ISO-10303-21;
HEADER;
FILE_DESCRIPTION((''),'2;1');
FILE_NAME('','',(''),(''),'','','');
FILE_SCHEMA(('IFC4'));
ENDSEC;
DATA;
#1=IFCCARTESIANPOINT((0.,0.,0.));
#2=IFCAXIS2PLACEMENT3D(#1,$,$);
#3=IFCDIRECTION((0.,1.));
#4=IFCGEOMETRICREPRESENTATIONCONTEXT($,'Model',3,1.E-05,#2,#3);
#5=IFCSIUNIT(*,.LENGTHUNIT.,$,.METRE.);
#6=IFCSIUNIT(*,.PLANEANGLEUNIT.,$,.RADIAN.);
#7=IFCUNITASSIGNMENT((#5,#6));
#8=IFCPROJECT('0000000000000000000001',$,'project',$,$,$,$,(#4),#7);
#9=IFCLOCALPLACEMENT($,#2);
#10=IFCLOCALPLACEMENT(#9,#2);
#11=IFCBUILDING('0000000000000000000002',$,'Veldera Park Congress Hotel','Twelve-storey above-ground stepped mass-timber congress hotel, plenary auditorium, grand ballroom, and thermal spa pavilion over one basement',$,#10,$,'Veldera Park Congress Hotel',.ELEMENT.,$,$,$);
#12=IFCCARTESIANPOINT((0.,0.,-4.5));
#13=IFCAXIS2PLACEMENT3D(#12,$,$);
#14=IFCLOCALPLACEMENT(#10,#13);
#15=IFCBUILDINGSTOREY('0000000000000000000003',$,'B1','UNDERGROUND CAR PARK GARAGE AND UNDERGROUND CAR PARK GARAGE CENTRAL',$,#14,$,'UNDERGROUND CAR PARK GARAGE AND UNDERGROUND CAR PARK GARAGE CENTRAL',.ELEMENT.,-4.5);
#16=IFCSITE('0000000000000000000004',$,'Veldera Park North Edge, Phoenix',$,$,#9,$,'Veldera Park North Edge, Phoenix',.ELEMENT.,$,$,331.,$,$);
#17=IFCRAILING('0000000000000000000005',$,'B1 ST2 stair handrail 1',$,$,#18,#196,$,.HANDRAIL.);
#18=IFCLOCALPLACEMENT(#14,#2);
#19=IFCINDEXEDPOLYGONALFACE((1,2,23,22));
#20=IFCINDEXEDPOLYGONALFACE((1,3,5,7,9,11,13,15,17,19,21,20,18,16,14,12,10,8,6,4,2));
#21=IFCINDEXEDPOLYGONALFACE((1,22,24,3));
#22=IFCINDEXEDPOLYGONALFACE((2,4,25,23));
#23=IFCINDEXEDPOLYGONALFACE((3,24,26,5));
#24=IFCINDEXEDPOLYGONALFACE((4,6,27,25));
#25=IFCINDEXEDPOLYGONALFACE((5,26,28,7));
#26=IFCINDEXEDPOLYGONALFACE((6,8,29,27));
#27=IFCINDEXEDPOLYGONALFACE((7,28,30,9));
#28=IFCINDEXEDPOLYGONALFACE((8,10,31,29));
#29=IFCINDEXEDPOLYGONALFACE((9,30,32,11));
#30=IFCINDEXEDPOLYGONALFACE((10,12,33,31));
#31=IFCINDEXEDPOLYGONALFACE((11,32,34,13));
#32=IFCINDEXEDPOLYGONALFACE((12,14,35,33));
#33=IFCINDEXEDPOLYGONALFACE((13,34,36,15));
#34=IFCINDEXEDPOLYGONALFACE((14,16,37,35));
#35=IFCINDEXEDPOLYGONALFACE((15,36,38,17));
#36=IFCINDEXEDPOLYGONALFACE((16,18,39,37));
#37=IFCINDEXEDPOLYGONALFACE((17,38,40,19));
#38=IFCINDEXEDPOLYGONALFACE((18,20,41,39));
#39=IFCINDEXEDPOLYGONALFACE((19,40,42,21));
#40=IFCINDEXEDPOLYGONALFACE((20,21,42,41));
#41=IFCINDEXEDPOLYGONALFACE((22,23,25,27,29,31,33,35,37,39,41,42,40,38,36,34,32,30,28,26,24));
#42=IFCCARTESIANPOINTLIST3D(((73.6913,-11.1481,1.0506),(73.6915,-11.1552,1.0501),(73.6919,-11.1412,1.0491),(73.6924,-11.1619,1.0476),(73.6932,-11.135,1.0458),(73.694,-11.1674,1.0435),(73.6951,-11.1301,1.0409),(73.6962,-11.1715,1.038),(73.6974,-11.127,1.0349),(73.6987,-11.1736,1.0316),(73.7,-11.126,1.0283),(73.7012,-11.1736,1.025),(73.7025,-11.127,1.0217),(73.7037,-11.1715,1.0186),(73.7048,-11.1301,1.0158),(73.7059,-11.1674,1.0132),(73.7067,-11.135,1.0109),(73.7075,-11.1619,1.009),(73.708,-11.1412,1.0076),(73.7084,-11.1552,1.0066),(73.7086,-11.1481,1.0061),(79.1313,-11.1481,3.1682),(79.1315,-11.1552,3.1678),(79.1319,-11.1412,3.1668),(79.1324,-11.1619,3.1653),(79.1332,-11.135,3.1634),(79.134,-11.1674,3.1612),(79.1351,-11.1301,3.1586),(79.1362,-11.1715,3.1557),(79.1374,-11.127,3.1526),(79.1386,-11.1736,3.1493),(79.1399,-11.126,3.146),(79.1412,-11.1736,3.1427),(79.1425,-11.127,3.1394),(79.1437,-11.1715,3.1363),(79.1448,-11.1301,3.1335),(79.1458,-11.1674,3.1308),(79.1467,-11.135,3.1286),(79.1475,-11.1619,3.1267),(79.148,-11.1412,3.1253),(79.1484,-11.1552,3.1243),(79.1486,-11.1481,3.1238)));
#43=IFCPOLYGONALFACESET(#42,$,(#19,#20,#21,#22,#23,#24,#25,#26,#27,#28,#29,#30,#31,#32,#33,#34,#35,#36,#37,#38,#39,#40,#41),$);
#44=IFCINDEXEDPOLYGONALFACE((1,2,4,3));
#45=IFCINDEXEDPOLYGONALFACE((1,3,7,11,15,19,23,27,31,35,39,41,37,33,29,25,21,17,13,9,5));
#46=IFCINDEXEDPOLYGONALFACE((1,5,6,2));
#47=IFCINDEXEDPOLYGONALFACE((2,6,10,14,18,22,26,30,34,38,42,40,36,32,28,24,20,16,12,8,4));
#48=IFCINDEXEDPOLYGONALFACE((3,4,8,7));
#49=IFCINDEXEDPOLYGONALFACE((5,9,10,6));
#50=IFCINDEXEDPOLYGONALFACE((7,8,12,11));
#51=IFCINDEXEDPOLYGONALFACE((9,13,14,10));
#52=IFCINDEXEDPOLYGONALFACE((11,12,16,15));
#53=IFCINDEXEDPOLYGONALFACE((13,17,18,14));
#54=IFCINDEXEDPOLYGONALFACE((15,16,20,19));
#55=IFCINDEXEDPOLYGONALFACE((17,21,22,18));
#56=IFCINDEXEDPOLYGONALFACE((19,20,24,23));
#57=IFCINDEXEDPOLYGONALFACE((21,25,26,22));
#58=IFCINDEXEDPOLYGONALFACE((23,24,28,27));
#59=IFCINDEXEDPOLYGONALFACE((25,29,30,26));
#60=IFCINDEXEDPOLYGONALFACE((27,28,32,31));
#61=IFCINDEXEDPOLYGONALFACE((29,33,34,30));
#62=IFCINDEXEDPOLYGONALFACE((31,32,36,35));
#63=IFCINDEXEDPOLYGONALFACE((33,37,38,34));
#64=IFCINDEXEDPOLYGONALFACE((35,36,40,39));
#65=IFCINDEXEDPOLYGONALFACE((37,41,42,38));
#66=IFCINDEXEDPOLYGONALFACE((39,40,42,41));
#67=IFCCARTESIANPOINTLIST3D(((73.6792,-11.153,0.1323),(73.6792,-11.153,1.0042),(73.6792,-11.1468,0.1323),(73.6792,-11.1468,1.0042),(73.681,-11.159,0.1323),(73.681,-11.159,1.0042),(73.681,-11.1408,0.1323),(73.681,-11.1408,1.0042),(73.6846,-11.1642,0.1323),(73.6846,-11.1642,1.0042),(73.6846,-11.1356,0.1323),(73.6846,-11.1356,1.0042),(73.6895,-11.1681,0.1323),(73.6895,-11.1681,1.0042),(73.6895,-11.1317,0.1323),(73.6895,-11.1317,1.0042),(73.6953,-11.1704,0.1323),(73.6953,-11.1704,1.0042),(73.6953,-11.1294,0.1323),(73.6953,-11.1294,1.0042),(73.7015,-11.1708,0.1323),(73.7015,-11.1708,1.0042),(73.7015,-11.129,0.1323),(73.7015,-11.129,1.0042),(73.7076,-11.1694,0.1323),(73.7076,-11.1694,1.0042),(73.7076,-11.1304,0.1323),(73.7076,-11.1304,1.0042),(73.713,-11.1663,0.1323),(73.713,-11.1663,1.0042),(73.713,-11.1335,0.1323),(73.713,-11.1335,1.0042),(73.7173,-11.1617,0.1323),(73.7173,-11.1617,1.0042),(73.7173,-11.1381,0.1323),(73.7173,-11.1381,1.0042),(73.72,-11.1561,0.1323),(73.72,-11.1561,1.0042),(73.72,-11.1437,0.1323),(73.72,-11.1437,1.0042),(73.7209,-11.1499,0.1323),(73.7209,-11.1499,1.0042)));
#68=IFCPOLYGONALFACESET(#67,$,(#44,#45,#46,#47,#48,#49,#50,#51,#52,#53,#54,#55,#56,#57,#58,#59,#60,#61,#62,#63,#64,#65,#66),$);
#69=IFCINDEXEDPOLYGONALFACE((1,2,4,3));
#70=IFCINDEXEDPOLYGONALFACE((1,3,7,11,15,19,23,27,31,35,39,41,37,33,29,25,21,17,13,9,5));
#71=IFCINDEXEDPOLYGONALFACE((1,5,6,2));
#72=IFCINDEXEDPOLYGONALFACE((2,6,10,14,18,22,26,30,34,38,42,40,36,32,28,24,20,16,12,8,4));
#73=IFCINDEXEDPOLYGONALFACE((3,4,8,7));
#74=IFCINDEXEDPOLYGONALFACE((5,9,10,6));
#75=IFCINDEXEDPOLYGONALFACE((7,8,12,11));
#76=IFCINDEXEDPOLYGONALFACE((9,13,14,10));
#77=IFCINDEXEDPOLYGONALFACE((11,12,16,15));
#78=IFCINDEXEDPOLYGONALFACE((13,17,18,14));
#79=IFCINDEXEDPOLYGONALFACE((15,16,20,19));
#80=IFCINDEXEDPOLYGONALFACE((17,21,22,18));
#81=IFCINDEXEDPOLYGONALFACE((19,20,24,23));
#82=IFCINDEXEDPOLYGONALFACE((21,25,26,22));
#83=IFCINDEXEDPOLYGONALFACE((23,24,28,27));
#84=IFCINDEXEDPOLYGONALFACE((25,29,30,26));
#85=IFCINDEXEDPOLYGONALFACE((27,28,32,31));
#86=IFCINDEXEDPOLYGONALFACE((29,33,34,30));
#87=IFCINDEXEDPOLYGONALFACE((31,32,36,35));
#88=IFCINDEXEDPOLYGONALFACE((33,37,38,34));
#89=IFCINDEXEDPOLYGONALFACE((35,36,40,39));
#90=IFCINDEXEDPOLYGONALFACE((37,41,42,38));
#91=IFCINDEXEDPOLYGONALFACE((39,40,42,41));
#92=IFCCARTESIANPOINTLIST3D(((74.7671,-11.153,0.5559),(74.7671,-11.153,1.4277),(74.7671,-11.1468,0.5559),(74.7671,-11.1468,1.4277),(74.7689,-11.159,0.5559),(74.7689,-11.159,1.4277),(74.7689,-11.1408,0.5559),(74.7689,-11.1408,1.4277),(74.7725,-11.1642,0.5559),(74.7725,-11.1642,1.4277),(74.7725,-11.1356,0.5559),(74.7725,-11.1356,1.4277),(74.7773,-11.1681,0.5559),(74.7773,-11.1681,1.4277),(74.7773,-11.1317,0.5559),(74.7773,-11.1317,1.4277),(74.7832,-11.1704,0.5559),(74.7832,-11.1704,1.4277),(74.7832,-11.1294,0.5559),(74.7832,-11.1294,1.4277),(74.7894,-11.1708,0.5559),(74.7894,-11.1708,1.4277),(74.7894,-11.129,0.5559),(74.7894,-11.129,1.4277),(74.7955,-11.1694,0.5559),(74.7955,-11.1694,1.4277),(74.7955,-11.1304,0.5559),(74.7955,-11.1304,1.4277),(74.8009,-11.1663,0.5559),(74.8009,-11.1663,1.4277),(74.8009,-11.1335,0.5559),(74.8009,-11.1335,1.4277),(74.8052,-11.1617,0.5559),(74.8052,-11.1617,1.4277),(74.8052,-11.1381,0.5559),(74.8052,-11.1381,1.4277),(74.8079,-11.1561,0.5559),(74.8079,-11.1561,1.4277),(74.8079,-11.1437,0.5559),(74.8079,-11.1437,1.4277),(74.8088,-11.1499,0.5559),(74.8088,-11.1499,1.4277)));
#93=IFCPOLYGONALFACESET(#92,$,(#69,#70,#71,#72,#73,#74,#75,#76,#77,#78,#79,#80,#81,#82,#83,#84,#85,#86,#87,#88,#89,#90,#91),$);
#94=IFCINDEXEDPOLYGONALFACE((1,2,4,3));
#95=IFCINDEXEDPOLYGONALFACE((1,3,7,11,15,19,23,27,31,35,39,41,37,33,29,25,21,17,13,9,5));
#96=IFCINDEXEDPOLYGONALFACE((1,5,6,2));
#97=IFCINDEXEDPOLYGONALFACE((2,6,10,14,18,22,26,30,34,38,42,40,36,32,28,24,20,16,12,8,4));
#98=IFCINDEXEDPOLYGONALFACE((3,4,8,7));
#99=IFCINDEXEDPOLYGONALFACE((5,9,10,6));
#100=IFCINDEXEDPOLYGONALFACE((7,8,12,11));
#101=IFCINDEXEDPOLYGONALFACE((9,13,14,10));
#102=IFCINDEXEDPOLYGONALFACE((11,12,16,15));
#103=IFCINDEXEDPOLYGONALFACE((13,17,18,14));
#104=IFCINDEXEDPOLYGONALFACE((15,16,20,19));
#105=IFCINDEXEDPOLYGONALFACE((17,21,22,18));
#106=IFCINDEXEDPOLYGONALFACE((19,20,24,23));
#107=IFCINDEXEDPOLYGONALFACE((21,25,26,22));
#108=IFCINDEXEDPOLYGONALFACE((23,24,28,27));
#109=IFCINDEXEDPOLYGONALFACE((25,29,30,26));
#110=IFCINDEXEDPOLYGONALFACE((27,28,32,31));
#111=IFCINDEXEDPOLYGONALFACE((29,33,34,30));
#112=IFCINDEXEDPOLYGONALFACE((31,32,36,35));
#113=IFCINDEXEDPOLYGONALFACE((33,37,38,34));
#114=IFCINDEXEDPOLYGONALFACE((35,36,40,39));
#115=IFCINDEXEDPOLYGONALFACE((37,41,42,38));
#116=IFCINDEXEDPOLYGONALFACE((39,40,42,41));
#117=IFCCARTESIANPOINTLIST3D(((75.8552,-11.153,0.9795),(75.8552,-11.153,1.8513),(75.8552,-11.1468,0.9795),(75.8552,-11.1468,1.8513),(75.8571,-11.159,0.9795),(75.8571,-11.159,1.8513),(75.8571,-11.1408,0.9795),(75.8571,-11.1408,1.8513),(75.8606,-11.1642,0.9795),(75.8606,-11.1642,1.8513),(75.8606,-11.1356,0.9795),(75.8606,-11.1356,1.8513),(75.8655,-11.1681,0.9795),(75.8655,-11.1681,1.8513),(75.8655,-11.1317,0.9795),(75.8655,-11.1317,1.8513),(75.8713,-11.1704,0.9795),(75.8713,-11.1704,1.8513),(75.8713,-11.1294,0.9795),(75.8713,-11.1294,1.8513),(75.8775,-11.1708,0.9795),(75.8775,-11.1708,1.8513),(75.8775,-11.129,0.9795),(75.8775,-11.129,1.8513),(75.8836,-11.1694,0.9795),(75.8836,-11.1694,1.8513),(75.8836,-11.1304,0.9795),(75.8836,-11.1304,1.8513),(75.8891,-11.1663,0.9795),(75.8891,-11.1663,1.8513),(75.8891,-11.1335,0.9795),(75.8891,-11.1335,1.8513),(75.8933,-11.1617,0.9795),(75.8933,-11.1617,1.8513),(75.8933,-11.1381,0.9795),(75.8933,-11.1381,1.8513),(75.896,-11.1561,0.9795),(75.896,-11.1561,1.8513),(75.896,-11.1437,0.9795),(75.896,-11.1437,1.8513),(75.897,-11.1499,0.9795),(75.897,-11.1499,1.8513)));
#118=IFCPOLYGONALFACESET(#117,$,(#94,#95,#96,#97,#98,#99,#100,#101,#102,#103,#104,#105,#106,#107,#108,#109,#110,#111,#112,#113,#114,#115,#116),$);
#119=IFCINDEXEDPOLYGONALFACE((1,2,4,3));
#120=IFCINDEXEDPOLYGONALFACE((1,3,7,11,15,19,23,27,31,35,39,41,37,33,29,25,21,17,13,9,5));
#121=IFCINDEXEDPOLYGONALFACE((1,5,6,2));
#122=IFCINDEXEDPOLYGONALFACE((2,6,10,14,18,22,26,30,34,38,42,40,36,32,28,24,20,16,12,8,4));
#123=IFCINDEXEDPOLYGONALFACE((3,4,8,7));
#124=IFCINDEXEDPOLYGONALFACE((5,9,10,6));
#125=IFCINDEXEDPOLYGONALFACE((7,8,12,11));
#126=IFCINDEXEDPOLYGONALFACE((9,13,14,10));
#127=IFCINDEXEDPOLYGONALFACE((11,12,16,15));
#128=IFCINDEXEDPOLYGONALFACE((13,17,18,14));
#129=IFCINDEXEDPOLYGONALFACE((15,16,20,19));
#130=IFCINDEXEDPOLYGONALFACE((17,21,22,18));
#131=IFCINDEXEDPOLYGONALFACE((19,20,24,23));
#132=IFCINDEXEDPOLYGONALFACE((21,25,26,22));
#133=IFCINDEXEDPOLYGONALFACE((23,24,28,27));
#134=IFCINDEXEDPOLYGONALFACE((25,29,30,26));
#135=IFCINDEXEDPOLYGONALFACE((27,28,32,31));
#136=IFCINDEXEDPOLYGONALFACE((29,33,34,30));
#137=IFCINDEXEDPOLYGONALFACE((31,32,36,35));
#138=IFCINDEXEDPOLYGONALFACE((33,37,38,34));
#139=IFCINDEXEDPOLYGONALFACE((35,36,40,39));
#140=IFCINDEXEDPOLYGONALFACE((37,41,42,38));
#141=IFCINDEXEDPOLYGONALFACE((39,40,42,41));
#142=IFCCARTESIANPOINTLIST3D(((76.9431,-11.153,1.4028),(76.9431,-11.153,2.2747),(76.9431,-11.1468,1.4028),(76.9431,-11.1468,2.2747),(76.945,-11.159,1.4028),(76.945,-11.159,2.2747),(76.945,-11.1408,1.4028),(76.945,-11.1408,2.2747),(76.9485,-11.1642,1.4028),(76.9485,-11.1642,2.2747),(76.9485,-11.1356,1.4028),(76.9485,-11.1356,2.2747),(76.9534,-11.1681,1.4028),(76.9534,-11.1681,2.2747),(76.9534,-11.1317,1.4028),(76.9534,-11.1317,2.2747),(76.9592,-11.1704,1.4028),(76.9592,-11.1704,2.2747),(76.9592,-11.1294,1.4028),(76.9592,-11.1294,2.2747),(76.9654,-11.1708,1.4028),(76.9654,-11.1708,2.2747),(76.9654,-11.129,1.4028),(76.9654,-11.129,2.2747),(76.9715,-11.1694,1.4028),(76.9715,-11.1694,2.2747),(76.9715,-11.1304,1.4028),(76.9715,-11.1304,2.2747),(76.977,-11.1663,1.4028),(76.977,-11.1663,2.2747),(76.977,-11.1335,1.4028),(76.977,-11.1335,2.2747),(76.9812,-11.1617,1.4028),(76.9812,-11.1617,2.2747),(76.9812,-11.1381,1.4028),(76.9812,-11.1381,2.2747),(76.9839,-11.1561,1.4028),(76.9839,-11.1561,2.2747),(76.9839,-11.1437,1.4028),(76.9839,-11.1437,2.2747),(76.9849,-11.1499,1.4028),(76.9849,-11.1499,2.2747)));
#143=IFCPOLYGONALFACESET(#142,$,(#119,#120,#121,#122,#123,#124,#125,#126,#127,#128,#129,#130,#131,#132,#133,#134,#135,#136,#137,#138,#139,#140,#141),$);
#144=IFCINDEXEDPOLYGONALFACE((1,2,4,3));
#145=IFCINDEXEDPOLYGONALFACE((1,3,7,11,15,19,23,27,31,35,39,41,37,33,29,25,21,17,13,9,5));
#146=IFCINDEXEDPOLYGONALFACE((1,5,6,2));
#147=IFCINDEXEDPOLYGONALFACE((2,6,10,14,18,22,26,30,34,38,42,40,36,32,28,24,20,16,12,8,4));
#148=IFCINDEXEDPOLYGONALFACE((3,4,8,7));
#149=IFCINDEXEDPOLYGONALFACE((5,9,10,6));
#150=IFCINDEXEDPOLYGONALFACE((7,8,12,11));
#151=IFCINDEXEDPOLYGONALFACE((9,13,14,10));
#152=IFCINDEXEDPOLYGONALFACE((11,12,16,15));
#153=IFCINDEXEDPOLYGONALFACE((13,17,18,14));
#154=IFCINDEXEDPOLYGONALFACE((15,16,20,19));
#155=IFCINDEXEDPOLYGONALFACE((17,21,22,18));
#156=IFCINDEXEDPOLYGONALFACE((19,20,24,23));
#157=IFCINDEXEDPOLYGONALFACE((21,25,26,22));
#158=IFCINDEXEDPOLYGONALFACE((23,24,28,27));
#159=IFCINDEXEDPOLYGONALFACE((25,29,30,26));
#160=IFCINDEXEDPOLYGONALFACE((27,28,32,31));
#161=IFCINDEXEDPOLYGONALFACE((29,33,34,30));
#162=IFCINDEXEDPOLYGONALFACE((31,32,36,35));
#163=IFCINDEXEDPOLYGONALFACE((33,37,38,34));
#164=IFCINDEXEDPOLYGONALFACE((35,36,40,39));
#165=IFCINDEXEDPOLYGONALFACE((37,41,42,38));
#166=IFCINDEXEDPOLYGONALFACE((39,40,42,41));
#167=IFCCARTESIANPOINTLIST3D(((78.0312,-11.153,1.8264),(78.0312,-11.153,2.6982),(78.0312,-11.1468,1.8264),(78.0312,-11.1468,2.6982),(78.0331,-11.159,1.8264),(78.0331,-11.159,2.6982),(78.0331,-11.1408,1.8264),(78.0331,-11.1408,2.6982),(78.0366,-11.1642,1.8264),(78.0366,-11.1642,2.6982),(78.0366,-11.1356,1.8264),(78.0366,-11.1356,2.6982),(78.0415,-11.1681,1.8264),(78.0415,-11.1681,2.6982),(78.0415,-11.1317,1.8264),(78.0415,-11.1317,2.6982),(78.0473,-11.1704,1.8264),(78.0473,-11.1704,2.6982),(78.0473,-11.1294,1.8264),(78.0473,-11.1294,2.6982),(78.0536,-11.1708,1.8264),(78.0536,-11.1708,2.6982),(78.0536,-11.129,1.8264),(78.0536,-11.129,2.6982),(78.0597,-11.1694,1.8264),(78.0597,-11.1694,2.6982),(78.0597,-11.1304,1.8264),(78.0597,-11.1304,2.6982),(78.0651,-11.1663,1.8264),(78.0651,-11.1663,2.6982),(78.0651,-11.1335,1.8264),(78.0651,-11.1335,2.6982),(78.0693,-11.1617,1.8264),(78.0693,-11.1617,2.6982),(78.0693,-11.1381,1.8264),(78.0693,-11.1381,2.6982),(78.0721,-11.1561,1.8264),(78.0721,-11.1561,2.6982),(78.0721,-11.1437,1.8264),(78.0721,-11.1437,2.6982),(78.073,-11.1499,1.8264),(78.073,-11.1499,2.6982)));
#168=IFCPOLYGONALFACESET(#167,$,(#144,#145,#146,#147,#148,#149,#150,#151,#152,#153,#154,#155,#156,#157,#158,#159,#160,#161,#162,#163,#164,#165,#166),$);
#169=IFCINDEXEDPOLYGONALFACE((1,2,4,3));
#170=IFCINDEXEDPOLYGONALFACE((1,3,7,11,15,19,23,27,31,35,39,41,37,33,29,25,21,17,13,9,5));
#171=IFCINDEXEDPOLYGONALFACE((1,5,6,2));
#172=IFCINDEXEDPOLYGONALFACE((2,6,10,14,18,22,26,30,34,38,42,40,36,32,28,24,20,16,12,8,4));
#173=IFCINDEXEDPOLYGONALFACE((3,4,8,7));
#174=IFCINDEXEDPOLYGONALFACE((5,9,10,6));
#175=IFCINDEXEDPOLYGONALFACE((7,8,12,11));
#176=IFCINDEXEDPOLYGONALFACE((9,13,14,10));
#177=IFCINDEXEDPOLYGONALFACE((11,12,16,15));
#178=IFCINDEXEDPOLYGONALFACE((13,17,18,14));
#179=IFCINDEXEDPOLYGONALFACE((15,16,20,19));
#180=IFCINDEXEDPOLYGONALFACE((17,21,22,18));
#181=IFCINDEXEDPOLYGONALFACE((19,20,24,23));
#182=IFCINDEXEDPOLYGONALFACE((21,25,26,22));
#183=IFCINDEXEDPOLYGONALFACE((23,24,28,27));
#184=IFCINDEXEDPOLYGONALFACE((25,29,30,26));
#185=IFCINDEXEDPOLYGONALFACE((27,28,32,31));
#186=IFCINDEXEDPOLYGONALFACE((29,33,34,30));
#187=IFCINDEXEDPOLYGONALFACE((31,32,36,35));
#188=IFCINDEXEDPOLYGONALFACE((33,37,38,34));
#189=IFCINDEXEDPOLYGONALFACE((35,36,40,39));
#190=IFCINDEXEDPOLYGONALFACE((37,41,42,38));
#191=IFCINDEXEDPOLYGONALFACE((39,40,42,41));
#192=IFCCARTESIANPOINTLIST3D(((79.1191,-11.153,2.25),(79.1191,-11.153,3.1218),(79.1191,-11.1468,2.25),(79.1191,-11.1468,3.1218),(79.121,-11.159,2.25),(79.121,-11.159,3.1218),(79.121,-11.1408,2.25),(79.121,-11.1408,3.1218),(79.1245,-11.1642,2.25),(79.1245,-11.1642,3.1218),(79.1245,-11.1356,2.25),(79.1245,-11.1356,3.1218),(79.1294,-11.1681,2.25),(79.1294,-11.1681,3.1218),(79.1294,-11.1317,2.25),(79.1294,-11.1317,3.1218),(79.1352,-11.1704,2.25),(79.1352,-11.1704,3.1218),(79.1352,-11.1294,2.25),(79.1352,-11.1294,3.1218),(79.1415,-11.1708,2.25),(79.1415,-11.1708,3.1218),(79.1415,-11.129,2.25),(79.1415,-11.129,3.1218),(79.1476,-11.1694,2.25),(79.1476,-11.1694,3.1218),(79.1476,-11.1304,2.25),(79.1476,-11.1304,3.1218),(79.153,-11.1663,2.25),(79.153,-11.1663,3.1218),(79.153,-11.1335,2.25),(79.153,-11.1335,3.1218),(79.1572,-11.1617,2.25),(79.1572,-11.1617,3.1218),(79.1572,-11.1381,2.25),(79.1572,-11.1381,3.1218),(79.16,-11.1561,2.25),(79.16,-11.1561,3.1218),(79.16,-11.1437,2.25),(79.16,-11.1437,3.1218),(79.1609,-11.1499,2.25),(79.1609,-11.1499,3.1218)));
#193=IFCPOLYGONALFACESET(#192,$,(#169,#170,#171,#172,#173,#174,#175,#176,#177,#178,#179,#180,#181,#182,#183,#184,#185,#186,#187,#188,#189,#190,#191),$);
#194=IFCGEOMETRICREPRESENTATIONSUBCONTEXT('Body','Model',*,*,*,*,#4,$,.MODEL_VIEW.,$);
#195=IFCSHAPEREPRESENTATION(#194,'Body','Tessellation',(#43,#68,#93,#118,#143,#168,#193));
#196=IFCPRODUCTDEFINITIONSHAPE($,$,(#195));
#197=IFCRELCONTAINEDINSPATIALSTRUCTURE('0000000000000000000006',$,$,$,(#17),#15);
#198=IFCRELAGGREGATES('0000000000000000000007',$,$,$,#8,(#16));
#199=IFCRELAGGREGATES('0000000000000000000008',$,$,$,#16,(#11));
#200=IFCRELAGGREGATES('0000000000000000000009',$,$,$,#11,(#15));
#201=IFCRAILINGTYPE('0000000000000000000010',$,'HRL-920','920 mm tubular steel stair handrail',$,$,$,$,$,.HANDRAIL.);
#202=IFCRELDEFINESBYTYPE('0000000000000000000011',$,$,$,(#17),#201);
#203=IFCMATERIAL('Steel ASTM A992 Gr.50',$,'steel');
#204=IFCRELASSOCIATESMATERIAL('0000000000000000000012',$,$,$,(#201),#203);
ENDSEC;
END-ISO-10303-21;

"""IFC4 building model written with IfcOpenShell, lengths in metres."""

from ifc_helpers import new_model, si_unit, direction, frame, origin, origin_2d, place, context, subcontext, project, spatial, circle, extrude, material, type_object, element, save


model = new_model("IFC4")

# Units and contexts
model_context = context("Model", 3, precision=1e-05, world=origin(), true_north=direction((0.0, 1.0)))
body_context = subcontext(model_context, "Body", "Model", "MODEL_VIEW")
ifc_project = project(units=[si_unit("LENGTHUNIT", "METRE"), si_unit("PLANEANGLEUNIT", "RADIAN")], contexts=[model_context])

# Site, building, storey
site_placement = place(None, origin())
site = spatial("IfcSite", under=ifc_project, at=site_placement, Name="Veldera Park North Edge, Phoenix", LongName="Veldera Park North Edge, Phoenix", CompositionType="ELEMENT", RefElevation=331.0)
building_placement = place(site_placement, origin())
building = spatial("IfcBuilding", under=site, at=building_placement, Name="Veldera Park Congress Hotel", Description="Twelve-storey above-ground stepped mass-timber congress hotel, plenary auditorium, grand ballroom, and thermal spa pavilion over one basement", LongName="Veldera Park Congress Hotel", CompositionType="ELEMENT")
storey_placement = place(building_placement, frame((0.0, 0.0, -4.5)))
storey = spatial("IfcBuildingStorey", under=building, at=storey_placement, Name="B1", Description="UNDERGROUND CAR PARK GARAGE AND UNDERGROUND CAR PARK GARAGE CENTRAL", LongName="UNDERGROUND CAR PARK GARAGE AND UNDERGROUND CAR PARK GARAGE CENTRAL", CompositionType="ELEMENT", Elevation=-4.5)

# Railing
ifc_material_1 = material(Name="Steel ASTM A992 Gr.50", Category="steel")
railing_type = type_object("IfcRailingType", Name="HRL-920", Description="920 mm tubular steel stair handrail", PredefinedType="HANDRAIL", material=ifc_material_1)
railing_placement = place(storey_placement, frame((73.7, -11.1499, 0.1323)))
element("IfcRailing", 1, at=railing_placement, inside=storey, type_object=railing_type, Name="B1 ST2 stair handrail 1", PredefinedType="HANDRAIL", context=body_context, shape_type="SweptSolid", body=[
    extrude(circle(Radius=0.0239, at=origin_2d()), frame((0.0, 0.0, 0.896), z_axis=(0.931881, 0.0, 0.362765), x_axis=(0.0, 1.0, 0.0)), (0.0, 0.0, 1.0), 5.8376),
    extrude(circle(Radius=0.021, at=origin_2d()), origin(), (0.0, 0.0, 1.0), 0.8718),
    extrude(circle(Radius=0.021, at=origin_2d()), frame((1.0879, 0.0, 0.4236)), (0.0, 0.0, 1.0), 0.8718),
    extrude(circle(Radius=0.021, at=origin_2d()), frame((2.176, 0.0, 0.8472)), (0.0, 0.0, 1.0), 0.8718),
    extrude(circle(Radius=0.021, at=origin_2d()), frame((3.2639, 0.0, 1.2705)), (0.0, 0.0, 1.0), 0.8718),
    extrude(circle(Radius=0.021, at=origin_2d()), frame((4.3521, 0.0, 1.6941)), (0.0, 0.0, 1.0), 0.8718),
    extrude(circle(Radius=0.021, at=origin_2d()), frame((5.4399, 0.0, 2.1177)), (0.0, 0.0, 1.0), 0.8718),
])

save(model, "model.ifc")
